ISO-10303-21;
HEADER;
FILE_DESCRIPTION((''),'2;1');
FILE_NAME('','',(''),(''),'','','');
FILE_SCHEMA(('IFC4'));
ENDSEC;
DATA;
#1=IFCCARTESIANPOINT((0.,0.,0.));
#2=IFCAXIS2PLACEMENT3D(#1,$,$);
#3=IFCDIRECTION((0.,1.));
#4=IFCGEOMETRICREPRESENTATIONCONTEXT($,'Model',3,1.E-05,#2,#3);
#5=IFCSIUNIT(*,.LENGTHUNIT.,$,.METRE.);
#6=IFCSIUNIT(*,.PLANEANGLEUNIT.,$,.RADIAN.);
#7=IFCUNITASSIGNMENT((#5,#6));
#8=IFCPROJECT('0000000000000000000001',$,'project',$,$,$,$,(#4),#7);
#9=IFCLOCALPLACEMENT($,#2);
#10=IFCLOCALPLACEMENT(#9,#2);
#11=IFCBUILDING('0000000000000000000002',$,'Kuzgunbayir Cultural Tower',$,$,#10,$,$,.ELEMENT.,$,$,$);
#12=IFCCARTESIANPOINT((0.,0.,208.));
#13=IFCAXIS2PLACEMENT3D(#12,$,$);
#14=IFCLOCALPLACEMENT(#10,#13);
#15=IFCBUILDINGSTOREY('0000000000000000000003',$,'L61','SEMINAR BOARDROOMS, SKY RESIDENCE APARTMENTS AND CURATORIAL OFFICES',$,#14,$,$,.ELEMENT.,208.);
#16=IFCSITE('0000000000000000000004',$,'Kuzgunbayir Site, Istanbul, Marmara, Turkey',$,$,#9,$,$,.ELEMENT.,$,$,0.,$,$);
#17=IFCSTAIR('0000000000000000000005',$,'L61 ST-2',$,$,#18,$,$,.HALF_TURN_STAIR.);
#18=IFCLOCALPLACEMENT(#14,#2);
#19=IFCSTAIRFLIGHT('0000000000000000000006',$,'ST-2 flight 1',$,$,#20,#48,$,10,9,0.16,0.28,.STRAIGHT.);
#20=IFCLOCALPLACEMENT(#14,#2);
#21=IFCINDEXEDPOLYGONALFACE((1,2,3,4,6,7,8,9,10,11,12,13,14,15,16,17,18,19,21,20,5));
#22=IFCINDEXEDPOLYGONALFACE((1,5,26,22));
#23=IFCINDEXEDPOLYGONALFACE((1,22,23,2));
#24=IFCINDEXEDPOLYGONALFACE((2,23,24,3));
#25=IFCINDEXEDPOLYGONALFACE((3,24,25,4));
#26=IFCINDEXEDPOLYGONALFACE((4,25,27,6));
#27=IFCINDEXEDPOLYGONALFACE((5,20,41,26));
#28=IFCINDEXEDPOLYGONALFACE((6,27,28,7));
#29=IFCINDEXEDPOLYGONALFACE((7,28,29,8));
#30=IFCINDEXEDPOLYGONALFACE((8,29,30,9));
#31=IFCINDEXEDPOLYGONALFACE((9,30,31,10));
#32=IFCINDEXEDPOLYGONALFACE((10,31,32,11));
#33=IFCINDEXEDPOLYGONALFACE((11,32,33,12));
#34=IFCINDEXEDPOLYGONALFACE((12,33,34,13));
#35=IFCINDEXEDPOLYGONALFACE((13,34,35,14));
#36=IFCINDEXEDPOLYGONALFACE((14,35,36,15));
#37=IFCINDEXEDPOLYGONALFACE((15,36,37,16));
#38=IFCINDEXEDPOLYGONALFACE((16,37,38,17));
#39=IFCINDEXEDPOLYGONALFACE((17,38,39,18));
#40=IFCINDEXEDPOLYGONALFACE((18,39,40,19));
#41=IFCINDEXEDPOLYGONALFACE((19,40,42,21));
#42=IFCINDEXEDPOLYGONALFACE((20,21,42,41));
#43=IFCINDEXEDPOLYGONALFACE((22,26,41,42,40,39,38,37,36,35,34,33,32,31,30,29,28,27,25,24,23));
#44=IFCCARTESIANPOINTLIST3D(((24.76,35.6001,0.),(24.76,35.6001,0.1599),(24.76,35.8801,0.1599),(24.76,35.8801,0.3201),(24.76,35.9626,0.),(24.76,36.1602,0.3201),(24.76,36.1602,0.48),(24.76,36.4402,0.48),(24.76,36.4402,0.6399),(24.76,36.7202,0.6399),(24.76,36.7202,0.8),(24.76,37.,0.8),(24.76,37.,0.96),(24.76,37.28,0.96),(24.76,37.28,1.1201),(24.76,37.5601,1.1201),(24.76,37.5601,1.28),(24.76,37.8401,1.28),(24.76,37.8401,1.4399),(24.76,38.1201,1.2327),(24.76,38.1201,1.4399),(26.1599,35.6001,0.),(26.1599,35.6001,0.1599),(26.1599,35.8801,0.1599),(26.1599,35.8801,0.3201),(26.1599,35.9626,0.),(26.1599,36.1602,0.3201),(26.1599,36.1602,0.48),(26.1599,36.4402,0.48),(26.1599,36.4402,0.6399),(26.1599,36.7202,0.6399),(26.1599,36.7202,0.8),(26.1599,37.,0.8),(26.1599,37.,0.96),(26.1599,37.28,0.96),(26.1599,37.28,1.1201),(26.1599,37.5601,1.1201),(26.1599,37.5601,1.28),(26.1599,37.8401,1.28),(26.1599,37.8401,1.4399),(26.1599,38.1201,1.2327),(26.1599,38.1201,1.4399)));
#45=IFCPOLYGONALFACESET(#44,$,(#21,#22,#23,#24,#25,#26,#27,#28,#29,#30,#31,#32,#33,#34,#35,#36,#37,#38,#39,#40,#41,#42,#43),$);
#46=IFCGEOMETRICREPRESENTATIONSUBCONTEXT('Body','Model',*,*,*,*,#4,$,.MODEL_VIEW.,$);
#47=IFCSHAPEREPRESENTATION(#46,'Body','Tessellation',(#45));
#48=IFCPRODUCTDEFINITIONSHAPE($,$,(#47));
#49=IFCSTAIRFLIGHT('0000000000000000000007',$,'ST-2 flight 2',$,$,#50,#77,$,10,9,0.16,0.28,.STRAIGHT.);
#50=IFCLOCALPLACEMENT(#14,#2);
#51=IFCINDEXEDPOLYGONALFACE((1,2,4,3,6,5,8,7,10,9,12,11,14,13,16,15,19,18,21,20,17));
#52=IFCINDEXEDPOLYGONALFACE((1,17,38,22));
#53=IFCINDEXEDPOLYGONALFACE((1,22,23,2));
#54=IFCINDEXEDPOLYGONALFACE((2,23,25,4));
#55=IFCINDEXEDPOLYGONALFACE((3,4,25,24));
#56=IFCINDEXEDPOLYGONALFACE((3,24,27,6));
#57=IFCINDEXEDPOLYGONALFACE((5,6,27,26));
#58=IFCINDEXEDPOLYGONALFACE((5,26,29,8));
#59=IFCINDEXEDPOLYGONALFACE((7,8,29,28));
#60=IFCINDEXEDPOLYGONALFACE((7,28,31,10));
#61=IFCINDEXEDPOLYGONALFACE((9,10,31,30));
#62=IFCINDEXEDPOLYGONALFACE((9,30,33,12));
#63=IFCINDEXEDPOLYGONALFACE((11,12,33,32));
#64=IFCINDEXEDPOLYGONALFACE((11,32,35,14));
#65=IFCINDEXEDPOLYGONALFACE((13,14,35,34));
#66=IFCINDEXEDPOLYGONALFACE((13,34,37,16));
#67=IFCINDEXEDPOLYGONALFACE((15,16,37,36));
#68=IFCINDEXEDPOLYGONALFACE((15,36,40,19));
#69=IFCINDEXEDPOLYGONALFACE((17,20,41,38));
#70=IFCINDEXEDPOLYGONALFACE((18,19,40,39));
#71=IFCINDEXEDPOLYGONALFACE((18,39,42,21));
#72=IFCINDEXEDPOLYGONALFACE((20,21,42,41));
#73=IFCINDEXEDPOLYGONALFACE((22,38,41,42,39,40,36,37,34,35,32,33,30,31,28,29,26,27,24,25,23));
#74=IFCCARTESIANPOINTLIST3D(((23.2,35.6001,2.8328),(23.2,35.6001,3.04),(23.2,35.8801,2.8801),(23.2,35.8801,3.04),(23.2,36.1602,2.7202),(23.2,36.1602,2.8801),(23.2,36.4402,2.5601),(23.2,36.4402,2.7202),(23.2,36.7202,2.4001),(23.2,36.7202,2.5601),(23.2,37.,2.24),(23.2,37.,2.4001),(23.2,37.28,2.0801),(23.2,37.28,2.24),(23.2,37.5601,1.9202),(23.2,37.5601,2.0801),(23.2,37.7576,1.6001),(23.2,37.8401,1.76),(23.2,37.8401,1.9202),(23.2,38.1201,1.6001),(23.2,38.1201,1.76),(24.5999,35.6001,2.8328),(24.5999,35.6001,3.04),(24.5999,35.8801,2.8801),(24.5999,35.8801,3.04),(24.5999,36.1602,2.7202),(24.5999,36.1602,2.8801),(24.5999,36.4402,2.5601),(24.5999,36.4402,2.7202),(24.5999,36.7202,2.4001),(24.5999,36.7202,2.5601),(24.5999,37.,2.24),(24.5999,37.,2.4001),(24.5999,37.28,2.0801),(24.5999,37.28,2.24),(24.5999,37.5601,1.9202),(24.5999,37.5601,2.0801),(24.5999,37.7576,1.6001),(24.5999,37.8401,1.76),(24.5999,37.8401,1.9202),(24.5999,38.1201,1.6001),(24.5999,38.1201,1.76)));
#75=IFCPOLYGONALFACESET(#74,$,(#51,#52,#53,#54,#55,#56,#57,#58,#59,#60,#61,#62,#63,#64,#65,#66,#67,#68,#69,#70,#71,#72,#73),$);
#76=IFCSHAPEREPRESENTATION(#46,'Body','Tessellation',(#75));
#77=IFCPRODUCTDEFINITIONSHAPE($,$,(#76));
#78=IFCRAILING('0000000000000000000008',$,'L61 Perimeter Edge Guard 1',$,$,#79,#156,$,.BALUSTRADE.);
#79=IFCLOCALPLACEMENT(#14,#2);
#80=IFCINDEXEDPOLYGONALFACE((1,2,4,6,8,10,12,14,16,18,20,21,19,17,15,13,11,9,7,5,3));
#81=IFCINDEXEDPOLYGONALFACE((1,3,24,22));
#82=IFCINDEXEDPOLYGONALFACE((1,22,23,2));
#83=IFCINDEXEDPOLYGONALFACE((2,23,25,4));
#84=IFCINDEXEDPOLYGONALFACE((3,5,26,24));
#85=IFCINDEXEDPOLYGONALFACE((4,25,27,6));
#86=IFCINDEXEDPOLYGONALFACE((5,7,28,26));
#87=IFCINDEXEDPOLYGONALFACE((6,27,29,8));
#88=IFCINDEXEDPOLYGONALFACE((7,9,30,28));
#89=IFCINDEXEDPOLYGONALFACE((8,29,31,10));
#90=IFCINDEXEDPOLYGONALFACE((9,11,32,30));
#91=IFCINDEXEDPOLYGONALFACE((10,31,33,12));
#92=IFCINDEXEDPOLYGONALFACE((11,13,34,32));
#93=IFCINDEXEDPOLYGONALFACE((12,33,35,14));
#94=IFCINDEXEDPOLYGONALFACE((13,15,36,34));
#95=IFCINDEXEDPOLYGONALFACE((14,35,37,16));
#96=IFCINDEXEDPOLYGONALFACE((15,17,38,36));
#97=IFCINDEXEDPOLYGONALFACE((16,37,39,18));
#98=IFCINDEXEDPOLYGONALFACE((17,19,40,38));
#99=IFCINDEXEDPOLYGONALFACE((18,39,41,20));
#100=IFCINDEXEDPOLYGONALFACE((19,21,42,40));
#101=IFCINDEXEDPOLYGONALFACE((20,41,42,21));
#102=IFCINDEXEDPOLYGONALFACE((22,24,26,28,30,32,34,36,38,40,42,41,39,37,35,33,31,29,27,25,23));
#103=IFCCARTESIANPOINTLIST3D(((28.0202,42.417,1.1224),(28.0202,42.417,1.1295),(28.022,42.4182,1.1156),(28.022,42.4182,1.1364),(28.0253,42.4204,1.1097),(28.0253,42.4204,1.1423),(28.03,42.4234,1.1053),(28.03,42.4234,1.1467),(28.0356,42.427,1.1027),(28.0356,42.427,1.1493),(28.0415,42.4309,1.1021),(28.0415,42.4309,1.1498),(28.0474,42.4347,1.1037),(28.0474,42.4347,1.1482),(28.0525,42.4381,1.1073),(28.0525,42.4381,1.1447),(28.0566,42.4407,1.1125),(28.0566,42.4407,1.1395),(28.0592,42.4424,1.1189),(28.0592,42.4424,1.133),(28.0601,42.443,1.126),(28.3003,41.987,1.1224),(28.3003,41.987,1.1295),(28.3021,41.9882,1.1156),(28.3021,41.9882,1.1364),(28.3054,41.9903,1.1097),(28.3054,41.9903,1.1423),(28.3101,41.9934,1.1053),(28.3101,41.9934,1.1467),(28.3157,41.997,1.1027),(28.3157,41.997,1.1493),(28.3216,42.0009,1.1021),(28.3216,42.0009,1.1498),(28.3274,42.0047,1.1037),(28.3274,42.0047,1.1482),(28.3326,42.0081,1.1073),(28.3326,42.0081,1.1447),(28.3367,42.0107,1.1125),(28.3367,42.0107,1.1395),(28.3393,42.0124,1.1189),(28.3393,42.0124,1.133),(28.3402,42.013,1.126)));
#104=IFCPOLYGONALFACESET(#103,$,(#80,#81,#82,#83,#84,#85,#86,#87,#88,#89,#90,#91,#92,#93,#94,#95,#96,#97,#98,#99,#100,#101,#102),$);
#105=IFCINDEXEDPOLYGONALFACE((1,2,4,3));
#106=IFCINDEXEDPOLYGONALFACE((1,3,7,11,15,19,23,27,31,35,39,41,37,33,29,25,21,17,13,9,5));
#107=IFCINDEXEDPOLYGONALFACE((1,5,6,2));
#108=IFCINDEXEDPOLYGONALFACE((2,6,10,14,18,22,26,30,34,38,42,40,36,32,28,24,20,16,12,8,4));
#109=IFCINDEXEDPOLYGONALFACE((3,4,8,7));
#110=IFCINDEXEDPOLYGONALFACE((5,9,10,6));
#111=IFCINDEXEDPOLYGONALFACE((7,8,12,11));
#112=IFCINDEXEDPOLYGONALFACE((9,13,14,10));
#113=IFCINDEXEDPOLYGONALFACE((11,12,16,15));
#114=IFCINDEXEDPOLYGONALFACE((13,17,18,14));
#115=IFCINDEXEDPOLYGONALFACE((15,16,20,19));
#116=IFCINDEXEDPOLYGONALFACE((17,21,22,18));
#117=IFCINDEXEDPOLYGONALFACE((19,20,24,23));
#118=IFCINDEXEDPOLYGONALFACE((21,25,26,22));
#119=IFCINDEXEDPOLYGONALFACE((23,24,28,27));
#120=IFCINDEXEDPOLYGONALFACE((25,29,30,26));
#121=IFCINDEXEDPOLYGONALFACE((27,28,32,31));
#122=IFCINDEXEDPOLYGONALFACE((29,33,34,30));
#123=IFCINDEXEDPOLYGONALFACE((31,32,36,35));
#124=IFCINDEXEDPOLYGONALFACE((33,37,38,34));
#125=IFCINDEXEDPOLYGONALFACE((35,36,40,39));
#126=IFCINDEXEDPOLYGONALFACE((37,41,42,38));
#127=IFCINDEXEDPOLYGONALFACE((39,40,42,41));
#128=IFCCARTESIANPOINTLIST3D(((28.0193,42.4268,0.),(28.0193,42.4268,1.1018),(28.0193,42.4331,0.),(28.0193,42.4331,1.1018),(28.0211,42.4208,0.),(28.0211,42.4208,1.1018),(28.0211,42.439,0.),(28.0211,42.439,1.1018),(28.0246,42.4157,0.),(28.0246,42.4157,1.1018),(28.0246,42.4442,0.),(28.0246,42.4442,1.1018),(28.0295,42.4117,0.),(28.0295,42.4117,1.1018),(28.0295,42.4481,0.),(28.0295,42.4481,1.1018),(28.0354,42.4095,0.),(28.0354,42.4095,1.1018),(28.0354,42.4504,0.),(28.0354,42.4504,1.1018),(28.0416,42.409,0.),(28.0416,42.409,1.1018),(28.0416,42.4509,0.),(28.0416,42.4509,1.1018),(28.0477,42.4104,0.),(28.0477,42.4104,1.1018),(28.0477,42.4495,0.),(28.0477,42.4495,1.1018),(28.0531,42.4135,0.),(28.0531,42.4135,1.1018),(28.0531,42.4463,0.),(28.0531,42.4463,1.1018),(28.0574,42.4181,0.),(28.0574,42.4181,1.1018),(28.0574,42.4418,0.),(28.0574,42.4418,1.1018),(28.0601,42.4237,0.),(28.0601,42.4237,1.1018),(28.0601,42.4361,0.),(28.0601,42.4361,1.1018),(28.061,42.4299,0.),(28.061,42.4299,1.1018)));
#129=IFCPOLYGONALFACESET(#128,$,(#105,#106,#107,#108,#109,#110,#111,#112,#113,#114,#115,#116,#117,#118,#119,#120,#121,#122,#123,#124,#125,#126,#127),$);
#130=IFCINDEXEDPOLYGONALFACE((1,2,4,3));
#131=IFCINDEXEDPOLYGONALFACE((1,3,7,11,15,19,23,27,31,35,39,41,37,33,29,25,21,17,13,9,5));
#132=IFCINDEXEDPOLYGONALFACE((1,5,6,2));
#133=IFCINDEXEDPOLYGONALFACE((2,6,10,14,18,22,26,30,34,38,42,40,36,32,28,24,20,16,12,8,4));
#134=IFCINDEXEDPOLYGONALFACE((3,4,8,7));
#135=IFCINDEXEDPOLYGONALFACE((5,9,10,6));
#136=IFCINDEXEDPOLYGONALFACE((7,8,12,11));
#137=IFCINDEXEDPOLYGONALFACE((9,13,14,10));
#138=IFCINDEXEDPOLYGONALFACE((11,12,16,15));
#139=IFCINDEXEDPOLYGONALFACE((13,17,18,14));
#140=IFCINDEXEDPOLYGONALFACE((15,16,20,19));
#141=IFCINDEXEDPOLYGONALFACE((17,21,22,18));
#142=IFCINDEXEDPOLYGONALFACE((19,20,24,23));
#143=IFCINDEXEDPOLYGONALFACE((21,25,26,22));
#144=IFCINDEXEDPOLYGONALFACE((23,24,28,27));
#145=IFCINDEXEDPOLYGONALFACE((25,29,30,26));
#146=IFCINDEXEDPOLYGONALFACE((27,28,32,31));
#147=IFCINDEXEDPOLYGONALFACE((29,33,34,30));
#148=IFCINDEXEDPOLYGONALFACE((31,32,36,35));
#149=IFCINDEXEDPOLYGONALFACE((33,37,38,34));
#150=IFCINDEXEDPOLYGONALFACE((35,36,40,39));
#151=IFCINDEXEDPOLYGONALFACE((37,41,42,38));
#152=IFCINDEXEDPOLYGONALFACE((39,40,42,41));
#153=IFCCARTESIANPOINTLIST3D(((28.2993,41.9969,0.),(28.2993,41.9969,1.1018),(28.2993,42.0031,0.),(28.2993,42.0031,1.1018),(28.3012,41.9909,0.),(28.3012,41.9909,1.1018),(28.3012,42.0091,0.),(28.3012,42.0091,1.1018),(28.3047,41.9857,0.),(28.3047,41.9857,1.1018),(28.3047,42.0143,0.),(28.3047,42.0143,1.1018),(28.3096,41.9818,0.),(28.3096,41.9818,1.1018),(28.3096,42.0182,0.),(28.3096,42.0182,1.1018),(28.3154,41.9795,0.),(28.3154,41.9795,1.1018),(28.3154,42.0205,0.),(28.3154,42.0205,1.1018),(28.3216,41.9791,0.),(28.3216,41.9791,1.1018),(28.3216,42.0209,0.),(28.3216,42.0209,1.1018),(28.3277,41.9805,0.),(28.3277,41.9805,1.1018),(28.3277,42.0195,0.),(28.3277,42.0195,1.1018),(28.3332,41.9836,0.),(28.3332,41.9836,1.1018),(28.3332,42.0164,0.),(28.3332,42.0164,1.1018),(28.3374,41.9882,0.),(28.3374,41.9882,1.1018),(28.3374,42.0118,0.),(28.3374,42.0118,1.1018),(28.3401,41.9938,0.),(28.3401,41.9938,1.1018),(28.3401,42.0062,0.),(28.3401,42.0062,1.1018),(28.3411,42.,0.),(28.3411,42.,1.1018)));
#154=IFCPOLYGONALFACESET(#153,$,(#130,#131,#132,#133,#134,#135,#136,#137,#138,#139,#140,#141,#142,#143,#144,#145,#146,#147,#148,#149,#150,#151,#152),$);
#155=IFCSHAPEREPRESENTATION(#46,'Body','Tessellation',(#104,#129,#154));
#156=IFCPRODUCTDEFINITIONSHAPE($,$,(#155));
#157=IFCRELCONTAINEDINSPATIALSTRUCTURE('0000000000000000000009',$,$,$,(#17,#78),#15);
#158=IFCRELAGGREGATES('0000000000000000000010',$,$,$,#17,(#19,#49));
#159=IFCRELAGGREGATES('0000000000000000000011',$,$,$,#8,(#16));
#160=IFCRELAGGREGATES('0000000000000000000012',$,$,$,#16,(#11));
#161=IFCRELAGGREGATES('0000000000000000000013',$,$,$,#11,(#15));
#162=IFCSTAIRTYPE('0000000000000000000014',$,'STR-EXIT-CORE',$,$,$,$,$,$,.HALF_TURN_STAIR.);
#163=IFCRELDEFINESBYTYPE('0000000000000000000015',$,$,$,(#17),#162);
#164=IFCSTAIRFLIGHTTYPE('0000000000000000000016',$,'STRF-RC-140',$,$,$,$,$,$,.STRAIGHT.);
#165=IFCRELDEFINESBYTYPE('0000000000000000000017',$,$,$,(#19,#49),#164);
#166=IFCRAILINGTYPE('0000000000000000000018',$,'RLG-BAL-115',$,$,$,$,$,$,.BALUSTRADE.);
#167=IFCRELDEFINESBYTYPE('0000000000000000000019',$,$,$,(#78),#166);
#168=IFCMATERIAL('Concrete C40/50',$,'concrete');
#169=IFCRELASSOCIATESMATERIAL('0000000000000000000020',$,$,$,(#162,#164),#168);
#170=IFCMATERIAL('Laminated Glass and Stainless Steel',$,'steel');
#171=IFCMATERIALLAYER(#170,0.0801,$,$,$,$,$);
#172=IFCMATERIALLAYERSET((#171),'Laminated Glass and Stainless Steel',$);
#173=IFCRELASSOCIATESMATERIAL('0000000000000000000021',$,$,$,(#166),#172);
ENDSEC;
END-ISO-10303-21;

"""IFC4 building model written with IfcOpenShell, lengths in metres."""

from ifc_helpers import new_model, si_unit, direction, frame, origin, origin_2d, place, context, subcontext, project, spatial, polyline, circle, outline, extrude, material, layer, layer_set, type_object, element, aggregate, save


model = new_model("IFC4")

# Units and contexts
model_context = context("Model", 3, precision=1e-05, world=origin(), true_north=direction((0.0, 1.0)))
body_context = subcontext(model_context, "Body", "Model", "MODEL_VIEW")
ifc_project = project(units=[si_unit("LENGTHUNIT", "METRE"), si_unit("PLANEANGLEUNIT", "RADIAN")], contexts=[model_context])

# Site, building, storey
site_placement = place(None, origin())
site = spatial("IfcSite", under=ifc_project, at=site_placement, Name="Kuzgunbayir Site, Istanbul, Marmara, Turkey", CompositionType="ELEMENT", RefElevation=0.0)
building_placement = place(site_placement, origin())
building = spatial("IfcBuilding", under=site, at=building_placement, Name="Kuzgunbayir Cultural Tower", CompositionType="ELEMENT")
storey_placement = place(building_placement, frame((0.0, 0.0, 208.0)))
storey = spatial("IfcBuildingStorey", under=building, at=storey_placement, Name="L61", Description="SEMINAR BOARDROOMS, SKY RESIDENCE APARTMENTS AND CURATORIAL OFFICES", CompositionType="ELEMENT", Elevation=208.0)

# Shared definitions
ifc_material_1 = material(Name="Concrete C40/50", Category="concrete")

# Stair, stair flights
stair_type = type_object("IfcStairType", Name="STR-EXIT-CORE", PredefinedType="HALF_TURN_STAIR", material=ifc_material_1)
stair_placement = place(storey_placement, origin())
stair = element("IfcStair", 1, at=stair_placement, inside=storey, type_object=stair_type, Name="L61 ST-2", PredefinedType="HALF_TURN_STAIR")
stair_flight_type = type_object("IfcStairFlightType", Name="STRF-RC-140", PredefinedType="STRAIGHT", material=ifc_material_1)
stair_flight_1_placement = place(storey_placement, frame((25.46, 35.6001, 0.0), z_axis=(0.0, 0.0, 1.0), x_axis=(0.0, 1.0, 0.0)))
stair_flight_1 = element("IfcStairFlight", 2, at=stair_flight_1_placement, type_object=stair_flight_type, Name="ST-2 flight 1", NumberOfRisers=10, NumberOfTreads=9, PredefinedType="STRAIGHT", RiserHeight=0.16, TreadLength=0.28, context=body_context, shape_type="SweptSolid", body=[
    extrude(outline(polyline([(0.0, 0.0), (0.0, 0.1599), (0.28, 0.1599), (0.28, 0.3201), (0.5601, 0.3201), (0.5601, 0.48), (0.8401, 0.48), (0.8401, 0.6399), (1.1201, 0.6399), (1.1201, 0.8), (1.3999, 0.8), (1.3999, 0.96), (1.6799, 0.96), (1.6799, 1.1201), (1.96, 1.1201), (1.96, 1.28), (2.24, 1.28), (2.24, 1.4399), (2.52, 1.4399), (2.52, 1.6001), (2.52, 1.2327), (0.3625, 0.0), (0.0, 0.0)])), frame((0.0, 0.7, 0.0), z_axis=(0.0, -1.0, 0.0), x_axis=(1.0, 0.0, 0.0)), (0.0, 0.0, 1.0), 1.3999),
])
stair_flight_2_placement = place(storey_placement, frame((23.8999, 38.1201, 1.6001), z_axis=(0.0, 0.0, 1.0), x_axis=(0.0, -1.0, 0.0)))
stair_flight_2 = element("IfcStairFlight", 3, at=stair_flight_2_placement, type_object=stair_flight_type, Name="ST-2 flight 2", NumberOfRisers=10, NumberOfTreads=9, PredefinedType="STRAIGHT", RiserHeight=0.16, TreadLength=0.28, context=body_context, shape_type="SweptSolid", body=[
    extrude(outline(polyline([(0.0, 0.0), (0.0, 0.1599), (0.28, 0.1599), (0.28, 0.3201), (0.5601, 0.3201), (0.5601, 0.48), (0.8401, 0.48), (0.8401, 0.6399), (1.1201, 0.6399), (1.1201, 0.8), (1.3999, 0.8), (1.3999, 0.96), (1.6799, 0.96), (1.6799, 1.1201), (1.96, 1.1201), (1.96, 1.28), (2.24, 1.28), (2.24, 1.4399), (2.52, 1.4399), (2.52, 1.6001), (2.52, 1.2327), (0.3625, 0.0), (0.0, 0.0)])), frame((0.0, 0.7, 0.0), z_axis=(0.0, -1.0, 0.0), x_axis=(1.0, 0.0, 0.0)), (0.0, 0.0, 1.0), 1.3999),
])
aggregate(stair, [stair_flight_1, stair_flight_2])

# Railing
ifc_material_2 = material(Name="Laminated Glass and Stainless Steel", Category="steel")
ifc_layer_1 = layer(ifc_material_2, 0.0801)
ifc_layer_set_1 = layer_set([ifc_layer_1], Name="Laminated Glass and Stainless Steel")
railing_type_1 = type_object("IfcRailingType", Name="RLG-BAL-115", PredefinedType="BALUSTRADE", material=ifc_layer_set_1)
railing_1_placement = place(storey_placement, frame((28.04, 42.4299, 0.0)))
element("IfcRailing", 4, at=railing_1_placement, inside=storey, type_object=railing_type_1, Name="L61 Perimeter Edge Guard 1", PredefinedType="BALUSTRADE", context=body_context, shape_type="SweptSolid", body=[
    extrude(circle(Radius=0.0239, at=origin_2d()), frame((0.0, 0.0, 1.126), z_axis=(0.545774, -0.837932, 0.0), x_axis=(0.837932, 0.545774, 0.0)), (0.0, 0.0, 1.0), 0.5132),
    extrude(circle(Radius=0.021, at=origin_2d()), origin(), (0.0, 0.0, 1.0), 1.1018),
    extrude(circle(Radius=0.021, at=origin_2d()), frame((0.28, -0.4299, 0.0)), (0.0, 0.0, 1.0), 1.1018),
])

save(model, "model.ifc")
